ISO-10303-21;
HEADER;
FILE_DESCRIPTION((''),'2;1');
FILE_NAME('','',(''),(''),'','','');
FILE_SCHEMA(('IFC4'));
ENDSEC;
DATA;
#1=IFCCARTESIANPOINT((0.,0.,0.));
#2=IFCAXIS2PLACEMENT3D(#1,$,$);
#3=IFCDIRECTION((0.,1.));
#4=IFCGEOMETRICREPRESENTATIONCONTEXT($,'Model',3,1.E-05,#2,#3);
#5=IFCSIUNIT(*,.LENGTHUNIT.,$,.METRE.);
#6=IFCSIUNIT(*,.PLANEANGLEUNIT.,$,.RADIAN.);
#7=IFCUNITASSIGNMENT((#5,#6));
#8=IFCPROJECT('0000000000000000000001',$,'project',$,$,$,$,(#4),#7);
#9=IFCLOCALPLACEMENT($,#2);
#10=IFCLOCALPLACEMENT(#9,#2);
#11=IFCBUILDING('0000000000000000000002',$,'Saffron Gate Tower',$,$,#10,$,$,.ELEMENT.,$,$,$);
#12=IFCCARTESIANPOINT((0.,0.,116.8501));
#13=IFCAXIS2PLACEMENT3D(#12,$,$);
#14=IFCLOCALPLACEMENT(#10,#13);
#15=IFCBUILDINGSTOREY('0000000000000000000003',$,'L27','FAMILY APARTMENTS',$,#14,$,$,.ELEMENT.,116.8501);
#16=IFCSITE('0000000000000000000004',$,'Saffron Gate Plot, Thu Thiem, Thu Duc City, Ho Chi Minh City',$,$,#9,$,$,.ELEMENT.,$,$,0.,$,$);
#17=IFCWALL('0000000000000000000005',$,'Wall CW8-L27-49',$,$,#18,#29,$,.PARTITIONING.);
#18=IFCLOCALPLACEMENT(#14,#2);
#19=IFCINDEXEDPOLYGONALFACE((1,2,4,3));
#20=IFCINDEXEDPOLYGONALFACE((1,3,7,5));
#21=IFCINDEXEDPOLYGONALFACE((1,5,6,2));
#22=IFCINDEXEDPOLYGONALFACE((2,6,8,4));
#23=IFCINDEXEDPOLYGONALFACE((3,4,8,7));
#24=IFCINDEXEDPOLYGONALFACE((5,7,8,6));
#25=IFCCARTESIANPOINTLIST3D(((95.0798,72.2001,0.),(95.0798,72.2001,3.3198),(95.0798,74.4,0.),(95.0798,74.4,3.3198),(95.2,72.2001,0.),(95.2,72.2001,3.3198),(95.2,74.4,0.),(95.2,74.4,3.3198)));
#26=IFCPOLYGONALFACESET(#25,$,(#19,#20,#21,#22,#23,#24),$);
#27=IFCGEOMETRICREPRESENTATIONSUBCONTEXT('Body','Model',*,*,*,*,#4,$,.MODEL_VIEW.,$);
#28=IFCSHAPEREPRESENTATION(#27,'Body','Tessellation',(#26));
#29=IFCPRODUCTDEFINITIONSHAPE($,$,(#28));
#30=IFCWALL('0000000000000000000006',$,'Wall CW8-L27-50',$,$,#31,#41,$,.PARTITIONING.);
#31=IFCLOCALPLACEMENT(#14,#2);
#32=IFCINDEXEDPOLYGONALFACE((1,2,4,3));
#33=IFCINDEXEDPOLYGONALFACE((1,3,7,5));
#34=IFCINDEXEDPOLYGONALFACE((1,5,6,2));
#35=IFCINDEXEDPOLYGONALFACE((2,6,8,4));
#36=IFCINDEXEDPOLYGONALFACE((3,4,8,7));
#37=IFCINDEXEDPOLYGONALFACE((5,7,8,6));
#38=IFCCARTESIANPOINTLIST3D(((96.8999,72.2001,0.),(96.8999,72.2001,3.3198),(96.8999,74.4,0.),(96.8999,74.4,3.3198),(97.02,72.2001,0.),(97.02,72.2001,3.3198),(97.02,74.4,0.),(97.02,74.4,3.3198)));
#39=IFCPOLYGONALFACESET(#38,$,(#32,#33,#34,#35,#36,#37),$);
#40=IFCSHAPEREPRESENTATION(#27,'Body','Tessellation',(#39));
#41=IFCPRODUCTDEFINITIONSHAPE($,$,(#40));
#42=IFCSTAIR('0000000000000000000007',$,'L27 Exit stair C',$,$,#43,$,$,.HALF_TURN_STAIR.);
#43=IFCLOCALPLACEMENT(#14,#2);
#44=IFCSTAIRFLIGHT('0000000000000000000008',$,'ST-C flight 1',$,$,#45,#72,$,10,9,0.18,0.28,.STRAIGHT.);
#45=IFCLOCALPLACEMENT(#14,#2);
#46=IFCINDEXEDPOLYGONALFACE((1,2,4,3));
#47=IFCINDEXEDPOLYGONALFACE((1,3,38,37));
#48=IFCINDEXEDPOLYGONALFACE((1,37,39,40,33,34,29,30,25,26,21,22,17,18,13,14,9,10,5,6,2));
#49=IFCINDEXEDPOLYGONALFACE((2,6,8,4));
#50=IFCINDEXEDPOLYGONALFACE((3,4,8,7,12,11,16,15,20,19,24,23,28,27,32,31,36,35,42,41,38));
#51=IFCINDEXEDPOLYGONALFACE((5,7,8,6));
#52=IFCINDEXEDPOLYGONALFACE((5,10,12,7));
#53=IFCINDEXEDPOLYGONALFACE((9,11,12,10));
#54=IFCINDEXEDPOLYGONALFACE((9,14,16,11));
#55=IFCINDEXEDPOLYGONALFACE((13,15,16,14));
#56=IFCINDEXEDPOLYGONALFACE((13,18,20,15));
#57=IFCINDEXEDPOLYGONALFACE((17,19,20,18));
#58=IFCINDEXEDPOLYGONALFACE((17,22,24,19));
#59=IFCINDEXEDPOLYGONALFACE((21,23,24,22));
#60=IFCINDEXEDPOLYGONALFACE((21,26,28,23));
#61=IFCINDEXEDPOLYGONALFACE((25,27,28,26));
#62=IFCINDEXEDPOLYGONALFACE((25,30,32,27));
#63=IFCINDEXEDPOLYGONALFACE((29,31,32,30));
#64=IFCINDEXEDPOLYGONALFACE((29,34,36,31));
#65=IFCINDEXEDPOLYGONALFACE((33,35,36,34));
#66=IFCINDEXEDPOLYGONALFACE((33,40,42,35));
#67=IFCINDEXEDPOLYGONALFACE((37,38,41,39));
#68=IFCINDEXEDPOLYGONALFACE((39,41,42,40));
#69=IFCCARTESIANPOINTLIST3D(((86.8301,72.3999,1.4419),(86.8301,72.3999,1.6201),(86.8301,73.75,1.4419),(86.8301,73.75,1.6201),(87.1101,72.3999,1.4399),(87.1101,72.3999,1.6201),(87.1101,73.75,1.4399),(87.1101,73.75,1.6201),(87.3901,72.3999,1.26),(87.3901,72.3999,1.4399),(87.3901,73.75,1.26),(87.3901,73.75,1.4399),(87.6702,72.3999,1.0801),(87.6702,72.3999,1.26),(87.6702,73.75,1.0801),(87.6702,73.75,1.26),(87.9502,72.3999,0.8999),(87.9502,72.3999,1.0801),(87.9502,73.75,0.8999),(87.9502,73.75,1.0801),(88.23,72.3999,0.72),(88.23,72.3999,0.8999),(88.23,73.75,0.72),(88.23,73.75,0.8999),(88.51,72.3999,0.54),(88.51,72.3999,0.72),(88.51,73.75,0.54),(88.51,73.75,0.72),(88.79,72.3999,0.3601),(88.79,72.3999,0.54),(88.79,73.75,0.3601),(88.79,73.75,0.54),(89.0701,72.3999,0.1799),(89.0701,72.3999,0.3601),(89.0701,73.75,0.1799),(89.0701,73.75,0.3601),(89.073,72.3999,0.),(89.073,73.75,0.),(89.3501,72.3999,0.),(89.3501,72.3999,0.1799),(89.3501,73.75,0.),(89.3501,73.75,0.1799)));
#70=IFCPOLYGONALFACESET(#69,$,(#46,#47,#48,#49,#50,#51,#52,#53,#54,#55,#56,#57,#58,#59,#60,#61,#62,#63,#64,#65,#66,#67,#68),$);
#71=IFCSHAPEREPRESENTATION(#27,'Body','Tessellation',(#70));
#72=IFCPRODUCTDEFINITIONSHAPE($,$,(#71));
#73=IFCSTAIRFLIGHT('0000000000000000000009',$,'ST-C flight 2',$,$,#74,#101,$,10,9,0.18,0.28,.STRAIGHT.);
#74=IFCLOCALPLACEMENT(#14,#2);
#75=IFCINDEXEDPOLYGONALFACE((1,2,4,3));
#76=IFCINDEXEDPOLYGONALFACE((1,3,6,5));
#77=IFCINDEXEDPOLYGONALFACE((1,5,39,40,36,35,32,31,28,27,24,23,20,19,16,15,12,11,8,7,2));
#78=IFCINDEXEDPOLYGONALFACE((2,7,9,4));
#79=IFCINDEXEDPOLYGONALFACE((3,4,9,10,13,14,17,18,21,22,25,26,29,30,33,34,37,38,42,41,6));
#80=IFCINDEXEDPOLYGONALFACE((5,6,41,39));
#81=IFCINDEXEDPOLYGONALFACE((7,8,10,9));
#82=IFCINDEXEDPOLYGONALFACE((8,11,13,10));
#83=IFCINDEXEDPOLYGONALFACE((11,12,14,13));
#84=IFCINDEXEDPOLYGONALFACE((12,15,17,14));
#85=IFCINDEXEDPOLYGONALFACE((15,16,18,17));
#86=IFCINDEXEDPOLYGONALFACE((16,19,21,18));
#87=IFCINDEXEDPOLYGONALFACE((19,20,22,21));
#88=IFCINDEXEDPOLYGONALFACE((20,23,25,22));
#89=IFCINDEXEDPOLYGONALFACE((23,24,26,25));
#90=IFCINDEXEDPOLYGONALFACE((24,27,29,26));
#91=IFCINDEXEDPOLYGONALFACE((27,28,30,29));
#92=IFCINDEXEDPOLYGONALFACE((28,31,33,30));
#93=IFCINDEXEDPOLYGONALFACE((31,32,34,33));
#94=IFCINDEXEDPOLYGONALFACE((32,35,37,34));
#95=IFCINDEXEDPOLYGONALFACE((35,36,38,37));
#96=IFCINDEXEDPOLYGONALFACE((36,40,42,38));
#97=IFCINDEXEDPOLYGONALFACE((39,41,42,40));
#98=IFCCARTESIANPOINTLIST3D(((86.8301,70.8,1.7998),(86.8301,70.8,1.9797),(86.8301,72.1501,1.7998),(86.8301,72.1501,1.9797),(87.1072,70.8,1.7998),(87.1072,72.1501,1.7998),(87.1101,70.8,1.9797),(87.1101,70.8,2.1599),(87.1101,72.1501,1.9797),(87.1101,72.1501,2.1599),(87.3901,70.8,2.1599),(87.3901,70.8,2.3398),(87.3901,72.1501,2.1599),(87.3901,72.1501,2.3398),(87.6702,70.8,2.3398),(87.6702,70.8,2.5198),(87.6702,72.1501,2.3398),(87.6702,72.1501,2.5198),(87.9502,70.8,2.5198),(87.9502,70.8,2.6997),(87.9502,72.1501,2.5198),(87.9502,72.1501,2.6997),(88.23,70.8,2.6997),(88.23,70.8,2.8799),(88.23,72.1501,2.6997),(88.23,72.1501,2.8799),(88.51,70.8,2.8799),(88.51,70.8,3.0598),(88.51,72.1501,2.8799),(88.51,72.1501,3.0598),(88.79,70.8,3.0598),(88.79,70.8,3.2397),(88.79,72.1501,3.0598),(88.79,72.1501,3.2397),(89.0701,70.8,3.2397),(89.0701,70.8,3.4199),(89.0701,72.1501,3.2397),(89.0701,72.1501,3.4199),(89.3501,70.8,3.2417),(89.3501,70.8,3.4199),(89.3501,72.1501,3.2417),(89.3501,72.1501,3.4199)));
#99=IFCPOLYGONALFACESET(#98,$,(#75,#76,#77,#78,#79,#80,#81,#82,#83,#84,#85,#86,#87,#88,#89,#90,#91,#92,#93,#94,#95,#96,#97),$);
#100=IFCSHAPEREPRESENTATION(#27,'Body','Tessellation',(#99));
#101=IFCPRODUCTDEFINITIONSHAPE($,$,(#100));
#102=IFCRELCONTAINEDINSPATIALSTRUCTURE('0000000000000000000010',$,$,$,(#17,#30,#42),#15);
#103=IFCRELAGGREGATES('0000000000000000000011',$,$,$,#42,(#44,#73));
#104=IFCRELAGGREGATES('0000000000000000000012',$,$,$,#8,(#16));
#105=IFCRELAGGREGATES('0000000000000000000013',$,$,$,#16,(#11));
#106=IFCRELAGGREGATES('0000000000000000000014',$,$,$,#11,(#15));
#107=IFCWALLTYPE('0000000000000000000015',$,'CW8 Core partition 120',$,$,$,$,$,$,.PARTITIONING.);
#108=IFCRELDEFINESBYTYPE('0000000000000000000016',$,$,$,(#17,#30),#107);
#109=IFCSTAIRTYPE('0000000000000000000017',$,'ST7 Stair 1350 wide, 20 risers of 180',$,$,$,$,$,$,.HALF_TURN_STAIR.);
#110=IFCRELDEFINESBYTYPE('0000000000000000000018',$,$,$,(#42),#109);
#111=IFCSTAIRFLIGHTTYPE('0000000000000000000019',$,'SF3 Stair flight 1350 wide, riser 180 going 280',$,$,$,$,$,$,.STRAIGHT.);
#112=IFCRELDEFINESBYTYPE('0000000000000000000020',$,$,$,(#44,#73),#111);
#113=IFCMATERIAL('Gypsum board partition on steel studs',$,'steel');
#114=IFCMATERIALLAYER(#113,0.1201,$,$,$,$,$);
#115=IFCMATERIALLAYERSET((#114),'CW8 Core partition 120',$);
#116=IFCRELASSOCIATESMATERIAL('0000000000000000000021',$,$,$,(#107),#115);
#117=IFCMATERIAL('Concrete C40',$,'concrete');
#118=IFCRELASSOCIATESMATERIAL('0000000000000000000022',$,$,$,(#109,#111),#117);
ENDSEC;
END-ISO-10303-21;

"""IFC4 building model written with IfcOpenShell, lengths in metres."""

from ifc_helpers import new_model, si_unit, direction, frame, frame_2d, origin, place, context, subcontext, project, spatial, polyline, rectangle, outline, extrude, material, layer, layer_set, type_object, element, aggregate, save


model = new_model("IFC4")

# Units and contexts
model_context = context("Model", 3, precision=1e-05, world=origin(), true_north=direction((0.0, 1.0)))
body_context = subcontext(model_context, "Body", "Model", "MODEL_VIEW")
ifc_project = project(units=[si_unit("LENGTHUNIT", "METRE"), si_unit("PLANEANGLEUNIT", "RADIAN")], contexts=[model_context])

# Site, building, storey
site_placement = place(None, origin())
site = spatial("IfcSite", under=ifc_project, at=site_placement, Name="Saffron Gate Plot, Thu Thiem, Thu Duc City, Ho Chi Minh City", CompositionType="ELEMENT", RefElevation=0.0)
building_placement = place(site_placement, origin())
building = spatial("IfcBuilding", under=site, at=building_placement, Name="Saffron Gate Tower", CompositionType="ELEMENT")
storey_placement = place(building_placement, frame((0.0, 0.0, 116.8501)))
storey = spatial("IfcBuildingStorey", under=building, at=storey_placement, Name="L27", Description="FAMILY APARTMENTS", CompositionType="ELEMENT", Elevation=116.8501)

# Shared definitions
ifc_material_1 = material(Name="Gypsum board partition on steel studs", Category="steel")

# Shared definitions
ifc_layer_1 = layer(ifc_material_1, 0.1201)
ifc_layer_set_1 = layer_set([ifc_layer_1], Name="CW8 Core partition 120")
wall_type_1 = type_object("IfcWallType", Name="CW8 Core partition 120", PredefinedType="PARTITIONING", material=ifc_layer_set_1)

# Walls
for number, where, z_axis, x_axis, name in (
    (1, (95.1399, 72.2, 0.0), (0.0, 0.0, 1.0), (0.0, 1.0, 0.0), "Wall CW8-L27-49"),
    (2, (96.96, 72.2, 0.0), (0.0, 0.0, 1.0), (0.0, 1.0, 0.0), "Wall CW8-L27-50"),
):
    element("IfcWall", number, at=place(storey_placement, frame(where, z_axis=z_axis, x_axis=x_axis)), inside=storey, type_object=wall_type_1, Name=name, PredefinedType="PARTITIONING", context=body_context, shape_type="SweptSolid", body=[
        extrude(rectangle(XDim=2.2, YDim=0.1201, at=frame_2d((1.1001, 0.0))), origin(), (0.0, 0.0, 1.0), 3.3198),
    ])

# Stair, stair flights
ifc_material_2 = material(Name="Concrete C40", Category="concrete")
stair_type = type_object("IfcStairType", Name="ST7 Stair 1350 wide, 20 risers of 180", PredefinedType="HALF_TURN_STAIR", material=ifc_material_2)
stair_placement = place(storey_placement, origin())
stair = element("IfcStair", 3, at=stair_placement, inside=storey, type_object=stair_type, Name="L27 Exit stair C", PredefinedType="HALF_TURN_STAIR")
stair_flight_type = type_object("IfcStairFlightType", Name="SF3 Stair flight 1350 wide, riser 180 going 280", PredefinedType="STRAIGHT", material=ifc_material_2)
stair_flight_1_placement = place(storey_placement, frame((89.3501, 73.075, 0.0), z_axis=(0.0, 0.0, 1.0), x_axis=(-1.0, 0.0, 0.0)))
stair_flight_1 = element("IfcStairFlight", 4, at=stair_flight_1_placement, type_object=stair_flight_type, Name="ST-C flight 1", NumberOfRisers=10, NumberOfTreads=9, PredefinedType="STRAIGHT", RiserHeight=0.18, TreadLength=0.28, context=body_context, shape_type="SweptSolid", body=[
    extrude(outline(polyline([(0.0, 0.0), (0.0, 0.1799), (0.28, 0.1799), (0.28, 0.3601), (0.5601, 0.3601), (0.5601, 0.54), (0.8401, 0.54), (0.8401, 0.72), (1.1201, 0.72), (1.1201, 0.8999), (1.3999, 0.8999), (1.3999, 1.0801), (1.6799, 1.0801), (1.6799, 1.26), (1.96, 1.26), (1.96, 1.4399), (2.24, 1.4399), (2.24, 1.6201), (2.52, 1.6201), (2.52, 1.8), (2.52, 1.4419), (0.2771, 0.0), (0.0, 0.0)])), frame((0.0, 0.675, 0.0), z_axis=(0.0, -1.0, 0.0), x_axis=(1.0, 0.0, 0.0)), (0.0, 0.0, 1.0), 1.3501),
])
stair_flight_2_placement = place(storey_placement, frame((86.8301, 71.4751, 1.7998), z_axis=(0.0, 0.0, 1.0), x_axis=(1.0, 0.0, 0.0)))
stair_flight_2 = element("IfcStairFlight", 5, at=stair_flight_2_placement, type_object=stair_flight_type, Name="ST-C flight 2", NumberOfRisers=10, NumberOfTreads=9, PredefinedType="STRAIGHT", RiserHeight=0.18, TreadLength=0.28, context=body_context, shape_type="SweptSolid", body=[
    extrude(outline(polyline([(0.0, 0.0), (0.0, 0.1799), (0.28, 0.1799), (0.28, 0.3601), (0.5601, 0.3601), (0.5601, 0.54), (0.8401, 0.54), (0.8401, 0.72), (1.1201, 0.72), (1.1201, 0.8999), (1.3999, 0.8999), (1.3999, 1.0801), (1.6799, 1.0801), (1.6799, 1.26), (1.96, 1.26), (1.96, 1.4399), (2.24, 1.4399), (2.24, 1.6201), (2.52, 1.6201), (2.52, 1.8), (2.52, 1.4419), (0.2771, 0.0), (0.0, 0.0)])), frame((0.0, 0.675, 0.0), z_axis=(0.0, -1.0, 0.0), x_axis=(1.0, 0.0, 0.0)), (0.0, 0.0, 1.0), 1.3501),
])
aggregate(stair, [stair_flight_1, stair_flight_2])

save(model, "model.ifc")
